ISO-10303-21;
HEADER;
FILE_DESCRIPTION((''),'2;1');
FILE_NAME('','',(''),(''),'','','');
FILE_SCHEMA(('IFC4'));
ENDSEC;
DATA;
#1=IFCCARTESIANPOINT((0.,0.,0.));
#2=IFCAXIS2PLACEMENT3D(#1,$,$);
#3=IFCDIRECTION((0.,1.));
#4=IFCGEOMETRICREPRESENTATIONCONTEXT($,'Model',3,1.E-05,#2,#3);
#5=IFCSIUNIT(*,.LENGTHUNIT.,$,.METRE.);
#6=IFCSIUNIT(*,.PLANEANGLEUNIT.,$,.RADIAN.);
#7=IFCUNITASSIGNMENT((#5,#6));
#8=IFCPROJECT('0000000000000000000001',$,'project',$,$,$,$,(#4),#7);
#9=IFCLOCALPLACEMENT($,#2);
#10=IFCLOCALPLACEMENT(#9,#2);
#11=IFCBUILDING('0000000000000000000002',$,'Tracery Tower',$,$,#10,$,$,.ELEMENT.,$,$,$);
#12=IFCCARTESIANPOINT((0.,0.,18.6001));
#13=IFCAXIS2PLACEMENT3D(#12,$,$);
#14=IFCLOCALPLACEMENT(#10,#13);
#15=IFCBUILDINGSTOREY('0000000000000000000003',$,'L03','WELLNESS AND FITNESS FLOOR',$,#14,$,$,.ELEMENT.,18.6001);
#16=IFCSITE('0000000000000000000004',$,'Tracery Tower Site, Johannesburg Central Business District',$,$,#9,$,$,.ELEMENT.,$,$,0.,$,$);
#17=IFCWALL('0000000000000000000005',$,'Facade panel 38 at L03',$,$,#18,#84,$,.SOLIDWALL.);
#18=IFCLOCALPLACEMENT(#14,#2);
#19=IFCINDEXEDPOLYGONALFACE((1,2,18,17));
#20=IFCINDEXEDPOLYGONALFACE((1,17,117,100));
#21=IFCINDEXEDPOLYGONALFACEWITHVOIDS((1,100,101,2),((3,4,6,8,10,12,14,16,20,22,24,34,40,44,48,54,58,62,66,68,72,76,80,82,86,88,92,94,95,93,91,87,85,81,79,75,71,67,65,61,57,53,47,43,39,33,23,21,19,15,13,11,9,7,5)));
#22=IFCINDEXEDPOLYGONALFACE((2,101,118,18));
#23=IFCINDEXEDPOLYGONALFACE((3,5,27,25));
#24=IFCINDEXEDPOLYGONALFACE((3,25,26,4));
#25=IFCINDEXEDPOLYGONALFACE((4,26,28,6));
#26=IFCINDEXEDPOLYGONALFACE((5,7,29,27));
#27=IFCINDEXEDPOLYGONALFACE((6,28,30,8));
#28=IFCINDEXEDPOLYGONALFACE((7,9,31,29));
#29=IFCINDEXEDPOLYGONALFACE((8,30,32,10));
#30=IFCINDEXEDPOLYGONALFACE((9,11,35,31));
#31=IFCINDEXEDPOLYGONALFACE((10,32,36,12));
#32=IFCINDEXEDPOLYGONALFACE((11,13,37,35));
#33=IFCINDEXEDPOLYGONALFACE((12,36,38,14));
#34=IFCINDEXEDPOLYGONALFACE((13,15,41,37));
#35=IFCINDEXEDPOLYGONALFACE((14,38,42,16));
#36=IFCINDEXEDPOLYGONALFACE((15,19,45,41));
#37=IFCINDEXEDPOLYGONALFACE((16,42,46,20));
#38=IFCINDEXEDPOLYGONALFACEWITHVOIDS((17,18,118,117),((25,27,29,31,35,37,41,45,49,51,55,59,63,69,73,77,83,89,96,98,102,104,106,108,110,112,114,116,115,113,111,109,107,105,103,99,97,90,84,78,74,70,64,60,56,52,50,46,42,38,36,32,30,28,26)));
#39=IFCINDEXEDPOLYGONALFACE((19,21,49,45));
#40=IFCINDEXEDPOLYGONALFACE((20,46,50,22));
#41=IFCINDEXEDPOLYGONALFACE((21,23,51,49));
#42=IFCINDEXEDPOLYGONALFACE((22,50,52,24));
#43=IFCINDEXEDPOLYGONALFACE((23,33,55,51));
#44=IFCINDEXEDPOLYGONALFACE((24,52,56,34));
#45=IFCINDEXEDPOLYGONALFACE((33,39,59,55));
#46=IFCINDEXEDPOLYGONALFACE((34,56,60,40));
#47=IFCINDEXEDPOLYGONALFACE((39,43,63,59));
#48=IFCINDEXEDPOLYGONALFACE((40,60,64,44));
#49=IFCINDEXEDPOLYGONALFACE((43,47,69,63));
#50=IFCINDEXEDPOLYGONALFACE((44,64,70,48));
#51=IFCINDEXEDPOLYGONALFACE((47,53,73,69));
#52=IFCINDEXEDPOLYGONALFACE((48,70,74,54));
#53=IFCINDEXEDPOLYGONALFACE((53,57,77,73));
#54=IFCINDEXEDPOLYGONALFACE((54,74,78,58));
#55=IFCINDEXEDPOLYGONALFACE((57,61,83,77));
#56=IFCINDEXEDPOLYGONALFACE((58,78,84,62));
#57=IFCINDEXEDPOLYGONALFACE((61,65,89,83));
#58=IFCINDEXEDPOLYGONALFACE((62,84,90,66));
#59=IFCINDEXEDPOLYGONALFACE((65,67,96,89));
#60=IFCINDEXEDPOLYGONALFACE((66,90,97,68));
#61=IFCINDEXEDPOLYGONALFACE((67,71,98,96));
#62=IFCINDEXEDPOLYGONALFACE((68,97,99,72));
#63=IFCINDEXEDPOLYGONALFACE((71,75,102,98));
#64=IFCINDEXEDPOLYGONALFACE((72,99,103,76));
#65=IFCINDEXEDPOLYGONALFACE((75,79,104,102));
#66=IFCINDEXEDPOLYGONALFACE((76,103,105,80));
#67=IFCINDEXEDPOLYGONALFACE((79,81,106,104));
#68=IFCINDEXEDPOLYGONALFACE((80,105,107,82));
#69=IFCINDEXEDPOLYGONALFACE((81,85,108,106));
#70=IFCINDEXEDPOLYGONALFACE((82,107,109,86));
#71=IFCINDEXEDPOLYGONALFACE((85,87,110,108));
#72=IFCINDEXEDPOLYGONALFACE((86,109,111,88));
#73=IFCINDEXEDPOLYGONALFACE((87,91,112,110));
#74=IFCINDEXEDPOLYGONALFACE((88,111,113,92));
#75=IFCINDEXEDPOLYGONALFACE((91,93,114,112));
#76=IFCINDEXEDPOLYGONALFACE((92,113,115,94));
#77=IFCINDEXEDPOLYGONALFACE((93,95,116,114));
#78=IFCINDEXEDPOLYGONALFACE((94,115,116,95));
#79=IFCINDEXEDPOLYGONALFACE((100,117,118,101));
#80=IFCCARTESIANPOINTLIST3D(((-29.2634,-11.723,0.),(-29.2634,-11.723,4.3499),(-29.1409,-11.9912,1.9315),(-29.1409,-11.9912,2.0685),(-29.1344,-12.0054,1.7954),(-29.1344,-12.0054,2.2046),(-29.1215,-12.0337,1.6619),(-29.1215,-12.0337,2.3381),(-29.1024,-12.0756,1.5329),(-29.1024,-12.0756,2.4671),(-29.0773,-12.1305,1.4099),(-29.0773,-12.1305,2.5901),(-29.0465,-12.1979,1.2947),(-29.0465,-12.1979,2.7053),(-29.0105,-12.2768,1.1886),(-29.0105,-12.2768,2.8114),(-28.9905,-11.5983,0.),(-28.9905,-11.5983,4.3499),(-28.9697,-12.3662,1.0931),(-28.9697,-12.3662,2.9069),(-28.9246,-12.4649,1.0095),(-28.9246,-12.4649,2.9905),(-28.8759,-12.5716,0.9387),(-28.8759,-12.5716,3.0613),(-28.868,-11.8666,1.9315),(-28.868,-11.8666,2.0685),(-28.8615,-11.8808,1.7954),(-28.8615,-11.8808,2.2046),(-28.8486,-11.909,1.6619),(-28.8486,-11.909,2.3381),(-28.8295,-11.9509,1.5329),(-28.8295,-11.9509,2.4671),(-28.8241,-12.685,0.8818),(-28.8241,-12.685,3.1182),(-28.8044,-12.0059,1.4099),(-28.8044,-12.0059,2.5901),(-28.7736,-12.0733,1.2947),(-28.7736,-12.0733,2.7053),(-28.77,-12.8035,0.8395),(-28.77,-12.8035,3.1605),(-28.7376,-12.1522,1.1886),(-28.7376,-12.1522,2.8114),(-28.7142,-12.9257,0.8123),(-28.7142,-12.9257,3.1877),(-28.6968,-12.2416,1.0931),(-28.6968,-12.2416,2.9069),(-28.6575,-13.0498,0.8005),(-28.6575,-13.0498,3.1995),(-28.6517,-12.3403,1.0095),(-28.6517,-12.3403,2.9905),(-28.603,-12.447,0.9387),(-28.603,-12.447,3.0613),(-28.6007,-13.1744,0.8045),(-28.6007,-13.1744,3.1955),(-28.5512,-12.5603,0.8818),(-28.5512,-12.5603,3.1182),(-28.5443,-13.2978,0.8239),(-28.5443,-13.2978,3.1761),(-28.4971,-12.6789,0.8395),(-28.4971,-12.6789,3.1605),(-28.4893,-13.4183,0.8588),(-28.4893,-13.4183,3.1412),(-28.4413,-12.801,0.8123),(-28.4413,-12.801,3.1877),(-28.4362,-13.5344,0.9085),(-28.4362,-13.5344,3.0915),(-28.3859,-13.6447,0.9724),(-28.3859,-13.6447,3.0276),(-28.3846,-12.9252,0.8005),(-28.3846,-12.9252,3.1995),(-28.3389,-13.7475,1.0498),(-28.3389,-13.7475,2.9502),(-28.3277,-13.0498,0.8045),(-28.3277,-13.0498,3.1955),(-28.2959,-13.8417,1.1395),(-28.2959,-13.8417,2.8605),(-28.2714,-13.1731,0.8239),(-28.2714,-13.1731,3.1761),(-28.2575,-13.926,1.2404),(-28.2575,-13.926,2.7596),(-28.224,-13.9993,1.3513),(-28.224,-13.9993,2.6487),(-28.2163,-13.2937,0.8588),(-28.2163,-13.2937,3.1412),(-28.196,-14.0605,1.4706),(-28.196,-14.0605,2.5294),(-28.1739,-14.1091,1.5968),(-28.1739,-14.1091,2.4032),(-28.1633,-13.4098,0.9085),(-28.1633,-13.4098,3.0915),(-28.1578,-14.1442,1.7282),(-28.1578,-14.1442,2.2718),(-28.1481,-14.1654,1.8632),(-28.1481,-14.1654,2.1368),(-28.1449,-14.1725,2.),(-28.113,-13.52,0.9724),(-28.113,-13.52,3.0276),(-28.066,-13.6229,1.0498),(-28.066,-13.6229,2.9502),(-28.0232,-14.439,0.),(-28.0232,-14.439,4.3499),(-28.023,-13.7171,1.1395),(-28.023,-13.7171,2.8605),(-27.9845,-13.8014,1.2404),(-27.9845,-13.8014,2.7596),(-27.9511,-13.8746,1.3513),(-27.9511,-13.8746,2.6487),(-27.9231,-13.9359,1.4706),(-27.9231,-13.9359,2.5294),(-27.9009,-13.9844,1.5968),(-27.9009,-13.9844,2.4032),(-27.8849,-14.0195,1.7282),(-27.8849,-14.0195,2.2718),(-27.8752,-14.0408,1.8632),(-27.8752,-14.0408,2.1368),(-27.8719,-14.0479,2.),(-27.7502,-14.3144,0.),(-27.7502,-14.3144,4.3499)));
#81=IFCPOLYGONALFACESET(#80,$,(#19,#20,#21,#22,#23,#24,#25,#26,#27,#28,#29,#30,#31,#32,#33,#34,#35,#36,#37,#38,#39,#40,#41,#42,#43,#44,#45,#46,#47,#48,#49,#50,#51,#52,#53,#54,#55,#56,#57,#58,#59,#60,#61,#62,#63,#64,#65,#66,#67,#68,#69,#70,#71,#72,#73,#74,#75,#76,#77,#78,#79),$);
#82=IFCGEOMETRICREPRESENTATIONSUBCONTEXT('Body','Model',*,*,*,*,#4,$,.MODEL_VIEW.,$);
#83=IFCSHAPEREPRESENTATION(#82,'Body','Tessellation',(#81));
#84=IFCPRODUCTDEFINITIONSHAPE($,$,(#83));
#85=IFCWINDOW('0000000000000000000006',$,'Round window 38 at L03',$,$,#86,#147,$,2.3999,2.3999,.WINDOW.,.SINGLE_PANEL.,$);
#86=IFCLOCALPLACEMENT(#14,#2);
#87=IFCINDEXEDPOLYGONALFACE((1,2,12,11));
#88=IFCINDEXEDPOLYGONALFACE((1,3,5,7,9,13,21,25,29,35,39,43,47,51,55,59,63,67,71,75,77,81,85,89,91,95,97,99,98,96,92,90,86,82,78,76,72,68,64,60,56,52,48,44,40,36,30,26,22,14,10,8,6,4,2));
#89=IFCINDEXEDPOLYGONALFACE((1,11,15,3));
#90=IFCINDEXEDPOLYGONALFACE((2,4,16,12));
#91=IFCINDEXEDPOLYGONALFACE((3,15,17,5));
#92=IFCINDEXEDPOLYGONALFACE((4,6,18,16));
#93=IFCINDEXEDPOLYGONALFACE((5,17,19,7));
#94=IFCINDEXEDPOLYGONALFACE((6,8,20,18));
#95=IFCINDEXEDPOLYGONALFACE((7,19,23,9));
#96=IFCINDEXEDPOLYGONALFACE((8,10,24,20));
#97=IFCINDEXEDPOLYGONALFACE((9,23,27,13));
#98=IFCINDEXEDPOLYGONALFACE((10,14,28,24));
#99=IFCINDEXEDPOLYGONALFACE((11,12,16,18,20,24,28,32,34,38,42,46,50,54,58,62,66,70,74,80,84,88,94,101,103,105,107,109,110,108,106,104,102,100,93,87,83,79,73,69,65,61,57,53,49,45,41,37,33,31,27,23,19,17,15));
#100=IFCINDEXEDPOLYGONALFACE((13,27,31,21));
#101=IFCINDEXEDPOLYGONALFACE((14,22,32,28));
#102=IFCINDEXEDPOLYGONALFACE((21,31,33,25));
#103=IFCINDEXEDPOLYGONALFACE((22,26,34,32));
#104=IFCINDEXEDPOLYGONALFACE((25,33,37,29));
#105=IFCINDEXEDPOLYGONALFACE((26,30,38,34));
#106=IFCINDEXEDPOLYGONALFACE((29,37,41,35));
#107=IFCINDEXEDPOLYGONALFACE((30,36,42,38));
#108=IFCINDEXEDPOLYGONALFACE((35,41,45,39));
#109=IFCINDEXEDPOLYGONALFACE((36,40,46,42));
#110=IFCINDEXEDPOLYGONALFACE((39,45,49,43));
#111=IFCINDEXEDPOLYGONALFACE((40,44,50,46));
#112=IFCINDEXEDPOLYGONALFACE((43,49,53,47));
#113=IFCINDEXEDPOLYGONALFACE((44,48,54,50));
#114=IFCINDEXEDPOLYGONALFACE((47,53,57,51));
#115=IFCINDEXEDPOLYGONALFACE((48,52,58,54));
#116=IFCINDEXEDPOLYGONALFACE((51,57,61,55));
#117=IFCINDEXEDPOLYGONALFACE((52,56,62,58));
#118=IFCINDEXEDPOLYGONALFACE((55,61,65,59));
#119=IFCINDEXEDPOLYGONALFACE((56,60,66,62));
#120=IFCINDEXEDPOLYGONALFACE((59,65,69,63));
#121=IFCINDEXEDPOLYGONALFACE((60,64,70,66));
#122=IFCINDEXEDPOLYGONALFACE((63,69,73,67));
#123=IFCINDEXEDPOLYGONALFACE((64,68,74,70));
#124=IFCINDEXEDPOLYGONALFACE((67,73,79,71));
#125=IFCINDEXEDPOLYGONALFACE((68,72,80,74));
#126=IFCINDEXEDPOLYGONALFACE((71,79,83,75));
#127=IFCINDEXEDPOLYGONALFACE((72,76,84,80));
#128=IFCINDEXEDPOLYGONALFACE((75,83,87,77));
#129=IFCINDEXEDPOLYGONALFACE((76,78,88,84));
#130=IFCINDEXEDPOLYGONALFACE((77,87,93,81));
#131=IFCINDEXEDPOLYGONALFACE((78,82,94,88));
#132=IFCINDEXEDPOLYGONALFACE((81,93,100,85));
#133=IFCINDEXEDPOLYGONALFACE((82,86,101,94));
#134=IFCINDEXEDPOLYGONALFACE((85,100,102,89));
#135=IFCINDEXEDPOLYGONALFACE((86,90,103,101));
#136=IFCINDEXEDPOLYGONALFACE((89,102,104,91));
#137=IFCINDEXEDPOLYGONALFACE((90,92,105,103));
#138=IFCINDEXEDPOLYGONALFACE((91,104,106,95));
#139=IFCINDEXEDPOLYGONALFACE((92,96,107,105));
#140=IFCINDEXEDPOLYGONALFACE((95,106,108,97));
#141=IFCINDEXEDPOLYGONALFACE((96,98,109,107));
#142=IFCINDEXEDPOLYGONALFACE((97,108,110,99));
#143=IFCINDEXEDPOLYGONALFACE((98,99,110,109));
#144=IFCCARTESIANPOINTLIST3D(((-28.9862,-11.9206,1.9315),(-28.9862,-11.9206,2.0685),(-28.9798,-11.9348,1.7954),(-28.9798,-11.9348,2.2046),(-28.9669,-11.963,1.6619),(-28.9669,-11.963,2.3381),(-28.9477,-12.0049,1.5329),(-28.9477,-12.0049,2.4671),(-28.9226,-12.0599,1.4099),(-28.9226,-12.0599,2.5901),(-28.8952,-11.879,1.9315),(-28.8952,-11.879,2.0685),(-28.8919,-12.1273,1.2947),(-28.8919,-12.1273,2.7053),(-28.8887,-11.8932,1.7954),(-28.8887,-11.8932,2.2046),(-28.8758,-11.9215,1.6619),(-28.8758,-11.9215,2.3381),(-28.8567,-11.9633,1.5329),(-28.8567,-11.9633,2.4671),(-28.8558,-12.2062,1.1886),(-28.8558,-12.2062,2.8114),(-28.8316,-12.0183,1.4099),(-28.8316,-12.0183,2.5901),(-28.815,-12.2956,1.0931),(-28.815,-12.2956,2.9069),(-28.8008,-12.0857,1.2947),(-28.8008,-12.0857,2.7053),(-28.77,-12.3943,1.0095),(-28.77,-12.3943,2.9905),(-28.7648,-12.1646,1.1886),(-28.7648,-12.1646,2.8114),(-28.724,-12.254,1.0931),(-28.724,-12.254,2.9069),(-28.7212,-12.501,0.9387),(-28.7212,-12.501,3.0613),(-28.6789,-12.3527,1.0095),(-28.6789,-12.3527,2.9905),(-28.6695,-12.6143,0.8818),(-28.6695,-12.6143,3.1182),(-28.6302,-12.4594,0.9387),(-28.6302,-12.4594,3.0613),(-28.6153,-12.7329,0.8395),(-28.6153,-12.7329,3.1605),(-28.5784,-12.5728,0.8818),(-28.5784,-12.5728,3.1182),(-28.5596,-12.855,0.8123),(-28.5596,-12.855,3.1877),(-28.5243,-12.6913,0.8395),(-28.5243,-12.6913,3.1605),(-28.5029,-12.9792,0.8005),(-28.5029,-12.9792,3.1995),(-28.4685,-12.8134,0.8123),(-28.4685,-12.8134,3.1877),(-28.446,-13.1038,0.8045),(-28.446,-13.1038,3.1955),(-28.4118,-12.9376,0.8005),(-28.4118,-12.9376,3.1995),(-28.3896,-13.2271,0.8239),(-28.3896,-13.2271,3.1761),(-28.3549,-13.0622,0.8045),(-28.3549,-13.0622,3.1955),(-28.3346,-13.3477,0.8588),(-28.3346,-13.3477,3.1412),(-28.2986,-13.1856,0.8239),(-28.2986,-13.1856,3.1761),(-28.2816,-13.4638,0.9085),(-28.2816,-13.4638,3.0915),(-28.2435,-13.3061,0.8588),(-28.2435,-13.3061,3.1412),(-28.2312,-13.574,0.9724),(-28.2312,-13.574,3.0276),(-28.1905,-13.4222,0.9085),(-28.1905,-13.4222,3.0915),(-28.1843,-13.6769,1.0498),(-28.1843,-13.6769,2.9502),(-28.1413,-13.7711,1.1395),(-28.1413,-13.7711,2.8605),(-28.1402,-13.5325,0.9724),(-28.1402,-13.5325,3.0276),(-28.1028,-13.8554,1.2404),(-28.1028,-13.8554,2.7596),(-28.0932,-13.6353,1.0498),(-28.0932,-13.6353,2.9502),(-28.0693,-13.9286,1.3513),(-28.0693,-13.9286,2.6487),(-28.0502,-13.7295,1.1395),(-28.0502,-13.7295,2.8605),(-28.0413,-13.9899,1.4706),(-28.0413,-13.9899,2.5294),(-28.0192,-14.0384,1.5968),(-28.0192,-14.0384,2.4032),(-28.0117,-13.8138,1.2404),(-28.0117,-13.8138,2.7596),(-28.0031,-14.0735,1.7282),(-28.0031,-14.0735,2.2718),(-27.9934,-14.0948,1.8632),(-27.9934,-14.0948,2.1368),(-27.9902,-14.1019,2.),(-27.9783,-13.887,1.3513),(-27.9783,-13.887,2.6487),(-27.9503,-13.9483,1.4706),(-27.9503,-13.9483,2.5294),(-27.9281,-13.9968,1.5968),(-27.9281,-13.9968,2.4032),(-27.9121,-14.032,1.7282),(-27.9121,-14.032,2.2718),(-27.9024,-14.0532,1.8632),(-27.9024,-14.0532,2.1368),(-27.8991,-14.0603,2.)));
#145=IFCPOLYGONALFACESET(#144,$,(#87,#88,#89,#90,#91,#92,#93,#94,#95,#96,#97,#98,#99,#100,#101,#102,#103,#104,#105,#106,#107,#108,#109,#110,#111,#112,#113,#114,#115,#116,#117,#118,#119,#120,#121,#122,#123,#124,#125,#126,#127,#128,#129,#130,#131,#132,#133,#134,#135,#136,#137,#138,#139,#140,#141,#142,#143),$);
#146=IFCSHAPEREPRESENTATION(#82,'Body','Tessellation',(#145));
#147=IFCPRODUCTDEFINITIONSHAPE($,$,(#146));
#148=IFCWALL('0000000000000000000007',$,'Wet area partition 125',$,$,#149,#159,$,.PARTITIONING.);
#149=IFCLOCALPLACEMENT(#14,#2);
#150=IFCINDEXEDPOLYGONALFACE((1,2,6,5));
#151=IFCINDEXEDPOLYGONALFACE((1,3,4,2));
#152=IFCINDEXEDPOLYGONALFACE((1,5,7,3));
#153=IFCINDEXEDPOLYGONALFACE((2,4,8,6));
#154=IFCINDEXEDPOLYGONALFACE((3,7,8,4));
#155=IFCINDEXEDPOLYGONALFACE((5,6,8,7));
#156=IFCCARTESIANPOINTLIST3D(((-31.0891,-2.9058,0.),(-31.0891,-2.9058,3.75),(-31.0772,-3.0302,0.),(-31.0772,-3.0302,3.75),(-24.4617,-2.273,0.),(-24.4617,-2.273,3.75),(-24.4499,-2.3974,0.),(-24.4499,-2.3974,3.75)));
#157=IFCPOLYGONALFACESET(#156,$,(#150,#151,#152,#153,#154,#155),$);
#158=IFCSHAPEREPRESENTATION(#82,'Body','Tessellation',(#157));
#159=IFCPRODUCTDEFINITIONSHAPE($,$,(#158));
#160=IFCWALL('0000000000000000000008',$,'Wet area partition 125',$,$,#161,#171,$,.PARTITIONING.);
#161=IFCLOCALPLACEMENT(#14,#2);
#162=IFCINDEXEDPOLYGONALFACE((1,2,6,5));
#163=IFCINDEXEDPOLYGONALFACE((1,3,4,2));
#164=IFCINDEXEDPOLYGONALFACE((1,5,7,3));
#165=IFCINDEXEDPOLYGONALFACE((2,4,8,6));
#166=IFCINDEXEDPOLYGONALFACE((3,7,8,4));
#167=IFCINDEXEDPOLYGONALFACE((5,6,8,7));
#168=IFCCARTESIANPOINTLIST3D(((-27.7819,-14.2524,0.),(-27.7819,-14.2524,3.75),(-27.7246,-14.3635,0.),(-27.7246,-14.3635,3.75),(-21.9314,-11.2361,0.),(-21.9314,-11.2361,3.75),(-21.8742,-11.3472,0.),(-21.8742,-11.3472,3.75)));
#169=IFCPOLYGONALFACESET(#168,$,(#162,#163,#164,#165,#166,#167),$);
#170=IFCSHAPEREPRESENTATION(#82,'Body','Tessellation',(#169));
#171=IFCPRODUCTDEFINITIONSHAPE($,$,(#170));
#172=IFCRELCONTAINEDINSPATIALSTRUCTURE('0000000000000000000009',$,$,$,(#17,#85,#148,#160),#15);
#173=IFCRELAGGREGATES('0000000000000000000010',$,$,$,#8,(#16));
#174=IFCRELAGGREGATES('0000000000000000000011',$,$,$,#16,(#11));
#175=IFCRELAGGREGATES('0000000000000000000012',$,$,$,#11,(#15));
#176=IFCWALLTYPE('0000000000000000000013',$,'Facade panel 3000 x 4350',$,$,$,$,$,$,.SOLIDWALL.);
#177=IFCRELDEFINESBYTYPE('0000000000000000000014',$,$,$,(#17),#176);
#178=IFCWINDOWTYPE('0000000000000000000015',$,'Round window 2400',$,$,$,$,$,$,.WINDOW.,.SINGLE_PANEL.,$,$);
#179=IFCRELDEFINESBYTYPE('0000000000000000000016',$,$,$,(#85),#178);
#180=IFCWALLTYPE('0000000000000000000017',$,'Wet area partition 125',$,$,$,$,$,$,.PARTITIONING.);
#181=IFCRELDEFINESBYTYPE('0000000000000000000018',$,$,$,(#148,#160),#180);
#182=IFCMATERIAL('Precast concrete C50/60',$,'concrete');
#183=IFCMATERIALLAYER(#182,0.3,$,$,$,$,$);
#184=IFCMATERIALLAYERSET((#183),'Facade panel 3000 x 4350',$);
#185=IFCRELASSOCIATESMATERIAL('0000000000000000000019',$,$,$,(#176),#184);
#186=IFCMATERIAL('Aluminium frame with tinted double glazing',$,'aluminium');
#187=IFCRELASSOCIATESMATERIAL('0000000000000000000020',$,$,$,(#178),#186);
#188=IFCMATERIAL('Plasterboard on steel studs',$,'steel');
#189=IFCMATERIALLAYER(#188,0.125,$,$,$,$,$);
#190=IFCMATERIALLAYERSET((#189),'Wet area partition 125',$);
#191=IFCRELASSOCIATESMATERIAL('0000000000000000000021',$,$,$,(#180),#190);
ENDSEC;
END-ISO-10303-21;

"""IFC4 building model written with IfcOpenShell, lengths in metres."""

from ifc_helpers import new_model, si_unit, direction, frame, frame_2d, origin, origin_2d, place, context, subcontext, project, spatial, rectangle, circle, extrude, material, layer, layer_set, type_object, element, fill, save


model = new_model("IFC4")

# Units and contexts
model_context = context("Model", 3, precision=1e-05, world=origin(), true_north=direction((0.0, 1.0)))
body_context = subcontext(model_context, "Body", "Model", "MODEL_VIEW")
ifc_project = project(units=[si_unit("LENGTHUNIT", "METRE"), si_unit("PLANEANGLEUNIT", "RADIAN")], contexts=[model_context])

# Site, building, storey
site_placement = place(None, origin())
site = spatial("IfcSite", under=ifc_project, at=site_placement, Name="Tracery Tower Site, Johannesburg Central Business District", CompositionType="ELEMENT", RefElevation=0.0)
building_placement = place(site_placement, origin())
building = spatial("IfcBuilding", under=site, at=building_placement, Name="Tracery Tower", CompositionType="ELEMENT")
storey_placement = place(building_placement, frame((0.0, 0.0, 18.6001)))
storey = spatial("IfcBuildingStorey", under=building, at=storey_placement, Name="L03", Description="WELLNESS AND FITNESS FLOOR", CompositionType="ELEMENT", Elevation=18.6001)

# Wall, opening, window
ifc_material_1 = material(Name="Precast concrete C50/60", Category="concrete")
ifc_layer_1 = layer(ifc_material_1, 0.3)
ifc_layer_set_1 = layer_set([ifc_layer_1], Name="Facade panel 3000 x 4350")
wall_type_1 = type_object("IfcWallType", Name="Facade panel 3000 x 4350", PredefinedType="SOLIDWALL", material=ifc_layer_set_1)
ifc_material_2 = material(Name="Aluminium frame with tinted double glazing", Category="aluminium")
window_type = type_object("IfcWindowType", Name="Round window 2400", PartitioningType="SINGLE_PANEL", PredefinedType="WINDOW", material=ifc_material_2)
wall_1_placement = place(storey_placement, frame((-29.127, -11.6606, 0.0), z_axis=(0.0, 0.0, 1.0), x_axis=(0.415373, -0.909651, 0.0)))
wall_1 = element("IfcWall", 1, at=wall_1_placement, inside=storey, type_object=wall_type_1, Name="Facade panel 38 at L03", PredefinedType="SOLIDWALL", context=body_context, shape_type="SweptSolid", body=[
    extrude(rectangle(XDim=2.9858, YDim=0.3, at=frame_2d((1.4929, 0.0))), origin(), (0.0, 0.0, 1.0), 4.3499),
])
opening_1_placement = place(wall_1_placement, frame((1.4929, 0.0, 2.0)))
opening_1 = element("IfcOpeningElement", 2, at=opening_1_placement, cuts=wall_1, PredefinedType="OPENING", context=body_context, shape_type="SweptSolid", body=[
    extrude(circle(Radius=1.2, at=origin_2d()), frame((0.0, 0.1599, 0.0), z_axis=(0.0, -1.0, 0.0), x_axis=(1.0, 0.0, 0.0)), (0.0, 0.0, 1.0), 0.3201),
])
window_1_placement = place(opening_1_placement, origin())
window_1 = element("IfcWindow", 3, at=window_1_placement, inside=storey, type_object=window_type, Name="Round window 38 at L03", OverallHeight=2.3999, OverallWidth=2.3999, PartitioningType="SINGLE_PANEL", PredefinedType="WINDOW", context=body_context, shape_type="SweptSolid", body=[
    extrude(circle(Radius=1.2, at=origin_2d()), frame((0.0, 0.1201, 0.0), z_axis=(0.0, -1.0, 0.0), x_axis=(1.0, 0.0, 0.0)), (0.0, 0.0, 1.0), 0.1001),
])
fill(opening_1, window_1)

# Walls
ifc_material_3 = material(Name="Plasterboard on steel studs", Category="steel")
ifc_layer_2 = layer(ifc_material_3, 0.125)
ifc_layer_set_2 = layer_set([ifc_layer_2], Name="Wet area partition 125")
wall_type_2 = type_object("IfcWallType", Name="Wet area partition 125", PredefinedType="PARTITIONING", material=ifc_layer_set_2)
wall_2_placement = place(storey_placement, frame((-31.083, -2.968, 0.0), z_axis=(0.0, 0.0, 1.0), x_axis=(0.995472, 0.095051, 0.0)))
element("IfcWall", 4, at=wall_2_placement, inside=storey, type_object=wall_type_2, Name="Wet area partition 125", PredefinedType="PARTITIONING", context=body_context, shape_type="SweptSolid", body=[
    extrude(rectangle(XDim=6.6575, YDim=0.125, at=frame_2d((3.3286, 0.0))), origin(), (0.0, 0.0, 1.0), 3.75),
])
wall_3_placement = place(storey_placement, frame((-27.7532, -14.3079, 0.0), z_axis=(0.0, 0.0, 1.0), x_axis=(0.888825, 0.458247, 0.0)))
element("IfcWall", 5, at=wall_3_placement, inside=storey, type_object=wall_type_2, Name="Wet area partition 125", PredefinedType="PARTITIONING", context=body_context, shape_type="SweptSolid", body=[
    extrude(rectangle(XDim=6.5823, YDim=0.125, at=frame_2d((3.291, 0.0))), origin(), (0.0, 0.0, 1.0), 3.75),
])

save(model, "model.ifc")
